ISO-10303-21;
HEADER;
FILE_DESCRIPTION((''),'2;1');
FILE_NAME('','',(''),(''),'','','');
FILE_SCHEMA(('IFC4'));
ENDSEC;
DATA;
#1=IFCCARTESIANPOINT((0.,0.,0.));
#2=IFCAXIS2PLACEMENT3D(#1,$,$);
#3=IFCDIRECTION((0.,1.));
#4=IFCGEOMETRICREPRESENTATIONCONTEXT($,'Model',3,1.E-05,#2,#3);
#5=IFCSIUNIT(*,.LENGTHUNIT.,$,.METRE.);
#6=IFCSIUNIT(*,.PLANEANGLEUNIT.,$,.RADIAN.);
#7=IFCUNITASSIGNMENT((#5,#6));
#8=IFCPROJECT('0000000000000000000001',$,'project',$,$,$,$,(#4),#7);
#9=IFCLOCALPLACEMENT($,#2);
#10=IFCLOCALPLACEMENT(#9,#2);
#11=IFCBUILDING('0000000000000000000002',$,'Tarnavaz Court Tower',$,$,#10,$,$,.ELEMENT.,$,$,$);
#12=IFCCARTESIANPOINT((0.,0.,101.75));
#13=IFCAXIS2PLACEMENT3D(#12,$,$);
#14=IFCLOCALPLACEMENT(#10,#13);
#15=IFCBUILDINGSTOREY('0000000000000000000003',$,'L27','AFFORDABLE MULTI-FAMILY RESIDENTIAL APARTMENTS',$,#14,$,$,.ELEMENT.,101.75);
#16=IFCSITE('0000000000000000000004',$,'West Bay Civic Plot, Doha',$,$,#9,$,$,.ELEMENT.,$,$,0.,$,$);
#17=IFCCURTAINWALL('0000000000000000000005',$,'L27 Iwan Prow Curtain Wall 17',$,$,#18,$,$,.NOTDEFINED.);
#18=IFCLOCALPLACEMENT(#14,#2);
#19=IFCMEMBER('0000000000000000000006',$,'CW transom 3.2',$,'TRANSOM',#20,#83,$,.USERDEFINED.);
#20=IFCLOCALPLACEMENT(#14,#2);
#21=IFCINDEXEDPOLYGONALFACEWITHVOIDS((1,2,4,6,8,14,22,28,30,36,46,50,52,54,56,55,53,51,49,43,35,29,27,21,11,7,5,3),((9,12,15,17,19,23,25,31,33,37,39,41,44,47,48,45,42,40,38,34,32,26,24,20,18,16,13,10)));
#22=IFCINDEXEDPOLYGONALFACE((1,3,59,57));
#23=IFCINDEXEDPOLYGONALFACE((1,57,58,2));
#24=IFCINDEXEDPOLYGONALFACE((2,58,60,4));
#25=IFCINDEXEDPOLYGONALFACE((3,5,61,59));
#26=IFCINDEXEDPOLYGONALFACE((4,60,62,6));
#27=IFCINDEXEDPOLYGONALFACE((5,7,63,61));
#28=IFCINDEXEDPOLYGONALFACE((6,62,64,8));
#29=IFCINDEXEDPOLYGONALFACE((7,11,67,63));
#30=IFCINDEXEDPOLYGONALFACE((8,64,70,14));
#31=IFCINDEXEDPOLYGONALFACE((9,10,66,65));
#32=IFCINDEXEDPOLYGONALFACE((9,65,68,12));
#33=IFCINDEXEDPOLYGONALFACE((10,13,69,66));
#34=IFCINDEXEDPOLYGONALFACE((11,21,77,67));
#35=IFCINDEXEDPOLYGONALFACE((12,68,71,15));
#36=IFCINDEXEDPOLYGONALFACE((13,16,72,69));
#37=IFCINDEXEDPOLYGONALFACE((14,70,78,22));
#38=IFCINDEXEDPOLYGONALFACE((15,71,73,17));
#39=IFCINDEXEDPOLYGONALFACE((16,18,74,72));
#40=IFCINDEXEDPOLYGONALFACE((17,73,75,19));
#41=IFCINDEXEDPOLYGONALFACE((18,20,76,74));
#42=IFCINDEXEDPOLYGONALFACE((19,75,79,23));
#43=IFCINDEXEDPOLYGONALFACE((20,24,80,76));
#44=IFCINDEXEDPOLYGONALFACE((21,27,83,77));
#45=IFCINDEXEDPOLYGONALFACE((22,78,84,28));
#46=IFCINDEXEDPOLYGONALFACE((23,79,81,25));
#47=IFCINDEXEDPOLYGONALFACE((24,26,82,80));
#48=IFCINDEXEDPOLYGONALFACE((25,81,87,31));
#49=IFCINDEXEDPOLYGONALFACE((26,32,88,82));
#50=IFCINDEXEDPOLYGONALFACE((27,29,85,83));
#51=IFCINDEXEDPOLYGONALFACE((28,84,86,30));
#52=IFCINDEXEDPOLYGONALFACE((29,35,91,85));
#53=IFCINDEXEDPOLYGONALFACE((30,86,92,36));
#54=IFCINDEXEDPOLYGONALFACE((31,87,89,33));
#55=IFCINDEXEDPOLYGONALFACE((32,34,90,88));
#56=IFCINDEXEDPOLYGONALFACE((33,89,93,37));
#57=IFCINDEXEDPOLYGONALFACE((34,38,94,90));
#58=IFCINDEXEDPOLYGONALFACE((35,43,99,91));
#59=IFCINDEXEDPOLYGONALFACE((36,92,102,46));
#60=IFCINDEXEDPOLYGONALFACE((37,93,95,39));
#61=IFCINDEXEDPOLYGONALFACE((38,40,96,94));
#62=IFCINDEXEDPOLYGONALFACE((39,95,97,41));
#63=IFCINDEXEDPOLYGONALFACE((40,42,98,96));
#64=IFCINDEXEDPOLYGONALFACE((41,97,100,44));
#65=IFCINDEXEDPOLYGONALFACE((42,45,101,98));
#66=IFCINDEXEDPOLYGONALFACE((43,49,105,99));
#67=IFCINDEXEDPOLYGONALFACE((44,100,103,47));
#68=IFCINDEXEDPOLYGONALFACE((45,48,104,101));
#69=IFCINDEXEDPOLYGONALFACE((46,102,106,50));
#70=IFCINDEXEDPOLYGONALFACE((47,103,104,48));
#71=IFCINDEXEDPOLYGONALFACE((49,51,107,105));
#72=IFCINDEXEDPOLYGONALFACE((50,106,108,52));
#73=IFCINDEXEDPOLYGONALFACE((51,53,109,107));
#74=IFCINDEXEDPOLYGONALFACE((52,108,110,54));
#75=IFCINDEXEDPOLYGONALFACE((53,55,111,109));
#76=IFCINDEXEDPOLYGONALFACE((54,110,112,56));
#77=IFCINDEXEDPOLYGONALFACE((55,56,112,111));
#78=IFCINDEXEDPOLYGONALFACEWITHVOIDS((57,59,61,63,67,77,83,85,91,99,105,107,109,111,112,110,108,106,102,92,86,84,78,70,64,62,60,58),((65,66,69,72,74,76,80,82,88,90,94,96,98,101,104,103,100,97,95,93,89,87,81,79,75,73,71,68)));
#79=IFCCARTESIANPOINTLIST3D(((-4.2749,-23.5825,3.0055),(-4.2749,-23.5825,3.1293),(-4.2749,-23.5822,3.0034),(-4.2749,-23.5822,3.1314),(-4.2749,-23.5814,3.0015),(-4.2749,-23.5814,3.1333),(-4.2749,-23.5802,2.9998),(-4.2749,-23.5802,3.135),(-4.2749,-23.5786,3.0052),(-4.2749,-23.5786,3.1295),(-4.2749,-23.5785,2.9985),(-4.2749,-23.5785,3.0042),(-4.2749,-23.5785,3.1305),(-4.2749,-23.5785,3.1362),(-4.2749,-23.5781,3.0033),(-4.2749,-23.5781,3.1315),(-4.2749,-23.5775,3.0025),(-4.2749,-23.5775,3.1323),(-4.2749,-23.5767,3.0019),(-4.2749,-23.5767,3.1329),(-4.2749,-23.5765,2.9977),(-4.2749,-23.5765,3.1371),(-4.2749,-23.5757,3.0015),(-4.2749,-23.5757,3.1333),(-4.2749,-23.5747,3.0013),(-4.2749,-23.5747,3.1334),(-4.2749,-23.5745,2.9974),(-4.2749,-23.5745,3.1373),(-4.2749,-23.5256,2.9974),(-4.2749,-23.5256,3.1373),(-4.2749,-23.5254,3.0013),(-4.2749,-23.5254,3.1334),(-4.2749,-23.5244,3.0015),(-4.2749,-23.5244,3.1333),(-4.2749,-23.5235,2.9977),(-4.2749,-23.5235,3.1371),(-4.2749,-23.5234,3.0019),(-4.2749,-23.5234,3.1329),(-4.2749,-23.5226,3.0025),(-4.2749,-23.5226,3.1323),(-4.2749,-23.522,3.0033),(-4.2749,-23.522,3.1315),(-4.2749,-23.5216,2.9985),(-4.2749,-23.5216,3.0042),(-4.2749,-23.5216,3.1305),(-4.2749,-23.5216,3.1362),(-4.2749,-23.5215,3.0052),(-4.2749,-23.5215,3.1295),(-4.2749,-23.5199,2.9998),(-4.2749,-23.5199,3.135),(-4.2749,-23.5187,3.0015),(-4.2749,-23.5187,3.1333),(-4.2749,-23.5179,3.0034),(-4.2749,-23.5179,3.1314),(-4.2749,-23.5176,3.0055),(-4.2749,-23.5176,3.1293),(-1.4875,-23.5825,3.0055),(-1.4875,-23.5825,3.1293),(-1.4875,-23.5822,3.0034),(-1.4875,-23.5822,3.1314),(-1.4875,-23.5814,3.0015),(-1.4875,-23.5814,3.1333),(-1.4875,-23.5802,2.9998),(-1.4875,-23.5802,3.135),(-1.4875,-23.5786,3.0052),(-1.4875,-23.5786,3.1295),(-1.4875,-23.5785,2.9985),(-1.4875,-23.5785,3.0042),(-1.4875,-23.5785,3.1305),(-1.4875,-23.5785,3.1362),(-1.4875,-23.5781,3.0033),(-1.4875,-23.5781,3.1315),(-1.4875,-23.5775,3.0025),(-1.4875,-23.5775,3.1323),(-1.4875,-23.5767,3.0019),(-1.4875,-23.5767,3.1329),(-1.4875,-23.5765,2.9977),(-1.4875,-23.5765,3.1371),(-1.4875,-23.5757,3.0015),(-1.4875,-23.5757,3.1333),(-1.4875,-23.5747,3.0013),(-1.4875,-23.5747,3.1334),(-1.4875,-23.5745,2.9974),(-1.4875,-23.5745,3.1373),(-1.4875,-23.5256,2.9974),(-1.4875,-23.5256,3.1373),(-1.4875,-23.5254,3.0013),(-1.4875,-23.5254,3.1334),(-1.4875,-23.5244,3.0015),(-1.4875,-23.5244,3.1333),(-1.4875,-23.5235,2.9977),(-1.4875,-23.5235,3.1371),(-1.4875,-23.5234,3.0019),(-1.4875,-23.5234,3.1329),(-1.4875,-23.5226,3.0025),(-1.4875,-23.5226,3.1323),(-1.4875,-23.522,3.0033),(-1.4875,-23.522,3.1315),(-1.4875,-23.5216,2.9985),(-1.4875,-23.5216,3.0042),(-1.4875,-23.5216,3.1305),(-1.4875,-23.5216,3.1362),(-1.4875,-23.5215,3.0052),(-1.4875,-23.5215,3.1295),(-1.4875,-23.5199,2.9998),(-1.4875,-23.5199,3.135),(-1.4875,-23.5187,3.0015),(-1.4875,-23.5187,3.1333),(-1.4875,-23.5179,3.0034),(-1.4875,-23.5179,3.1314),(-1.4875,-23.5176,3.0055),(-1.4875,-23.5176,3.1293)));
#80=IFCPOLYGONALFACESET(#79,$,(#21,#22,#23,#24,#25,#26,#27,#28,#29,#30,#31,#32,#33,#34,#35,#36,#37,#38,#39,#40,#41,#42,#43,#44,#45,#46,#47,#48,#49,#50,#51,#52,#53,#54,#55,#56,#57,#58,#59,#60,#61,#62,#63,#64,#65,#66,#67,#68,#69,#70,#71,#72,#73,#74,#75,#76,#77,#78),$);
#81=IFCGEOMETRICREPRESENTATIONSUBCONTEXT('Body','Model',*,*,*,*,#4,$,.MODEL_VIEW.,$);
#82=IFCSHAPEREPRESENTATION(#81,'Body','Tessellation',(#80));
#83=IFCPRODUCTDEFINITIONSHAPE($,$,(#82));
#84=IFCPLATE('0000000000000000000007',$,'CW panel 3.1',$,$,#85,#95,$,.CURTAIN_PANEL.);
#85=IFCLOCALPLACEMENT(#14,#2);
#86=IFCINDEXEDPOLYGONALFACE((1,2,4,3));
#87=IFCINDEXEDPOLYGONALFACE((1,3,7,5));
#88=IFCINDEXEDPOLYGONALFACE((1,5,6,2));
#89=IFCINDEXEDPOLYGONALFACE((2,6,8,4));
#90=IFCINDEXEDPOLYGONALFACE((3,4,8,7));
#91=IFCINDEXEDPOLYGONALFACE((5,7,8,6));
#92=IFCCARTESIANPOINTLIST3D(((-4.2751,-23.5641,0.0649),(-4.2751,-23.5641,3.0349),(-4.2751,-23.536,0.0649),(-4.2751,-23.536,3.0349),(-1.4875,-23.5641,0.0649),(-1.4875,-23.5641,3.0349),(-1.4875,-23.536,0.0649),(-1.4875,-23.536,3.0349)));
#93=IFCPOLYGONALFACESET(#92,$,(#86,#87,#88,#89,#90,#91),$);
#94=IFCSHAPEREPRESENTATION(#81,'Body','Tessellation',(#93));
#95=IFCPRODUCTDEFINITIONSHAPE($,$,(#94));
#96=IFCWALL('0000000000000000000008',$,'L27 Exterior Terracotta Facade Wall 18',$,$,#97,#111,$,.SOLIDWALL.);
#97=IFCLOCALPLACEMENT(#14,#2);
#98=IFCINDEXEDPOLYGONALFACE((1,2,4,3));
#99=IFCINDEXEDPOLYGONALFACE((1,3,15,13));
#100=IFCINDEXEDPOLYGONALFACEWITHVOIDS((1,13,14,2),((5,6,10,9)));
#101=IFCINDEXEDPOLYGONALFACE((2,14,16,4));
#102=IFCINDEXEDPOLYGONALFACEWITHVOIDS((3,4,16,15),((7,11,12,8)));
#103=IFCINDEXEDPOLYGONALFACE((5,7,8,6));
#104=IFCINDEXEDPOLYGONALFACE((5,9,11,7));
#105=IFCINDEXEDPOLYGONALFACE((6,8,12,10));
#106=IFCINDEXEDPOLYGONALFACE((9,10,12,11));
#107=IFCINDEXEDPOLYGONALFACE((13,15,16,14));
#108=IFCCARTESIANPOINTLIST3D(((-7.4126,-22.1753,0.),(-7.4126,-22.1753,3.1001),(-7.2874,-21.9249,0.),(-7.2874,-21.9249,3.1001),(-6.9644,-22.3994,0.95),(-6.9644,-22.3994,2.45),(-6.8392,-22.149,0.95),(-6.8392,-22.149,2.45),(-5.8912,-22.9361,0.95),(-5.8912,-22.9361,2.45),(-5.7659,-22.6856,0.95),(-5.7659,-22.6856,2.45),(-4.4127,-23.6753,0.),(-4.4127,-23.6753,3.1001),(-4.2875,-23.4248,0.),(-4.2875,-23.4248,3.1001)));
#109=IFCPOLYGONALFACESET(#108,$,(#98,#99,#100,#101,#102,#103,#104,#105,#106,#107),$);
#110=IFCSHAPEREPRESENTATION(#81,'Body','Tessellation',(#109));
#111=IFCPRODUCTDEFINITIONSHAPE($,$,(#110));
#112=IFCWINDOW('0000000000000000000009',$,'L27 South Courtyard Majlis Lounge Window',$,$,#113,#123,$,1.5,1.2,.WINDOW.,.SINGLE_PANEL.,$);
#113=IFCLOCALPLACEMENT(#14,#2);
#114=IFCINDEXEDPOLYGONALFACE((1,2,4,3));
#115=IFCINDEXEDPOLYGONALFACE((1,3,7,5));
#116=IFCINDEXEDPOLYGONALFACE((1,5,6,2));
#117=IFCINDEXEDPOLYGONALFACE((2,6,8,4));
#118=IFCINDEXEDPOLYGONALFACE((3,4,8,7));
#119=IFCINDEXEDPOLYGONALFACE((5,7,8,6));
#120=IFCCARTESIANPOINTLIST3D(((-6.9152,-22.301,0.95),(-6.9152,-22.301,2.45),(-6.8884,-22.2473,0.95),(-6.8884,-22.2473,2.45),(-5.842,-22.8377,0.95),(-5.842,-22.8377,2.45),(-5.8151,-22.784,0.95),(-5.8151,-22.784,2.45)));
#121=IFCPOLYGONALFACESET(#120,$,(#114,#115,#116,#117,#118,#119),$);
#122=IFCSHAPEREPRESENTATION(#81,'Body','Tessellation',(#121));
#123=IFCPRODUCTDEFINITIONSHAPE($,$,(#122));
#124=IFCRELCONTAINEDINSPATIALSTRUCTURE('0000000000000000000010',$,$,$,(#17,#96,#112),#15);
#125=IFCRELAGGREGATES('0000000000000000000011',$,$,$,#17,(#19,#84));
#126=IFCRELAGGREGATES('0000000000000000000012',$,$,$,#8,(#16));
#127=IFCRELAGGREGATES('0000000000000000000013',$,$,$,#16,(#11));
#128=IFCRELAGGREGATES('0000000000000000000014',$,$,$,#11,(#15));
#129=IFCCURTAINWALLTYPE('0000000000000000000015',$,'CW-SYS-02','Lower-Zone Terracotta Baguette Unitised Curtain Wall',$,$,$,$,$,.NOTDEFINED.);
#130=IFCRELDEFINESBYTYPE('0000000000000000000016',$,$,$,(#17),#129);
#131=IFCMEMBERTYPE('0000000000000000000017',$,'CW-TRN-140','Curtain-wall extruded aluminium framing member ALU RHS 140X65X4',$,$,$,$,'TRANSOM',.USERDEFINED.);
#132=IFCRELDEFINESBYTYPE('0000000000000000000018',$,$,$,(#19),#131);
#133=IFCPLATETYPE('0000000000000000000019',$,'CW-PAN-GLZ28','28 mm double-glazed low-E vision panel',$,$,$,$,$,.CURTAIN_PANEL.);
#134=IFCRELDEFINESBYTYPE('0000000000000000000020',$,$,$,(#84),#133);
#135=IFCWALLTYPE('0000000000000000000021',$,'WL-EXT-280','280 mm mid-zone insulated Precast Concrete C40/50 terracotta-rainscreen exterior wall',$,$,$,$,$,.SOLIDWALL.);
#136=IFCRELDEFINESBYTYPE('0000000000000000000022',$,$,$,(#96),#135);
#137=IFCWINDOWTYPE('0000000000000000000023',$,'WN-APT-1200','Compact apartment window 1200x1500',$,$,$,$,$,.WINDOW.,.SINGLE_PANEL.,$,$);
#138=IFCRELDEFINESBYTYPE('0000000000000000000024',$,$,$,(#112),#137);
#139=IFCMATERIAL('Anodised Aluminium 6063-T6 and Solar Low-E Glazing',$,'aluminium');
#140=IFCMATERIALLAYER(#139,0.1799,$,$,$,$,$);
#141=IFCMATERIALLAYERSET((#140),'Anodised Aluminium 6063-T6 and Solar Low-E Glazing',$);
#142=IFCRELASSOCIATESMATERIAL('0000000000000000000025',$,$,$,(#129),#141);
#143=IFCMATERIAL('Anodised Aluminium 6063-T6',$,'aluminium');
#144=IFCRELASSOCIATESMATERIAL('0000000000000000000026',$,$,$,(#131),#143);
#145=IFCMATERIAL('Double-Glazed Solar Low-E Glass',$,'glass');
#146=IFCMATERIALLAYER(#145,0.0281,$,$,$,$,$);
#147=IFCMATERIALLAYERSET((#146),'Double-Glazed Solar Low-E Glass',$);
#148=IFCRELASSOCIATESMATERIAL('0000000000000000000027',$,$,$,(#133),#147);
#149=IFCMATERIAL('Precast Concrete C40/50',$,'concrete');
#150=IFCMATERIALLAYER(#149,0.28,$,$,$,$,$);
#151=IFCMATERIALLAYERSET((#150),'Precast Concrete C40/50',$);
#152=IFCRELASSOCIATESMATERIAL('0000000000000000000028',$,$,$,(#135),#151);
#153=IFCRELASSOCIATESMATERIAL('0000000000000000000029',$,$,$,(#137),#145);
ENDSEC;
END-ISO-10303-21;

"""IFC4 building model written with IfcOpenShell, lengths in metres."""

from ifc_helpers import new_model, si_unit, direction, frame, frame_2d, origin, origin_2d, place, context, subcontext, project, spatial, rectangle, hollow_rectangle, extrude, material, layer, layer_set, material_profile, profile_set, type_object, element, fill, aggregate, save


model = new_model("IFC4")

# Units and contexts
model_context = context("Model", 3, precision=1e-05, world=origin(), true_north=direction((0.0, 1.0)))
body_context = subcontext(model_context, "Body", "Model", "MODEL_VIEW")
ifc_project = project(units=[si_unit("LENGTHUNIT", "METRE"), si_unit("PLANEANGLEUNIT", "RADIAN")], contexts=[model_context])

# Site, building, storey
site_placement = place(None, origin())
site = spatial("IfcSite", under=ifc_project, at=site_placement, Name="West Bay Civic Plot, Doha", CompositionType="ELEMENT", RefElevation=0.0)
building_placement = place(site_placement, origin())
building = spatial("IfcBuilding", under=site, at=building_placement, Name="Tarnavaz Court Tower", CompositionType="ELEMENT")
storey_placement = place(building_placement, frame((0.0, 0.0, 101.75)))
storey = spatial("IfcBuildingStorey", under=building, at=storey_placement, Name="L27", Description="AFFORDABLE MULTI-FAMILY RESIDENTIAL APARTMENTS", CompositionType="ELEMENT", Elevation=101.75)

# Curtain wall, member, plate
ifc_material_1 = material(Name="Anodised Aluminium 6063-T6 and Solar Low-E Glazing", Category="aluminium")
ifc_layer_1 = layer(ifc_material_1, 0.1799)
ifc_layer_set_1 = layer_set([ifc_layer_1], Name="Anodised Aluminium 6063-T6 and Solar Low-E Glazing")
curtain_wall_type = type_object("IfcCurtainWallType", Name="CW-SYS-02", Description="Lower-Zone Terracotta Baguette Unitised Curtain Wall", PredefinedType="NOTDEFINED", material=ifc_layer_set_1)
curtain_wall_placement = place(storey_placement, origin())
curtain_wall = element("IfcCurtainWall", 1, at=curtain_wall_placement, inside=storey, type_object=curtain_wall_type, Name="L27 Iwan Prow Curtain Wall 17", PredefinedType="NOTDEFINED")
ifc_material_2 = material(Name="Anodised Aluminium 6063-T6", Category="aluminium")
ifc_material_profile_1 = material_profile(ifc_material_2, hollow_rectangle(XDim=0.0649, YDim=0.1399, WallThickness=0.0039, InnerFilletRadius=0.0039, OuterFilletRadius=0.0081, at=origin_2d()), Name="ALU RHS 140X65X4")
ifc_profile_set_1 = profile_set([ifc_material_profile_1], Name="Anodised Aluminium 6063-T6")
member_type_1 = type_object("IfcMemberType", Name="CW-TRN-140", Description="Curtain-wall extruded aluminium framing member ALU RHS 140X65X4", ElementType="TRANSOM", PredefinedType="USERDEFINED", material=ifc_profile_set_1)
member_1_placement = place(storey_placement, frame((-1.4875, -23.55, 3.0674), z_axis=(-1.0, 0.0, 0.0), x_axis=(0.0, -1.0, 0.0)))
member_1 = element("IfcMember", 2, at=member_1_placement, type_object=member_type_1, Name="CW transom 3.2", ObjectType="TRANSOM", PredefinedType="USERDEFINED", context=body_context, shape_type="SweptSolid", body=[
    extrude(hollow_rectangle(XDim=0.0649, YDim=0.1399, WallThickness=0.0039, InnerFilletRadius=0.0039, OuterFilletRadius=0.0081, at=origin_2d()), origin(), (0.0, 0.0, 1.0), 2.7874),
])
ifc_material_3 = material(Name="Double-Glazed Solar Low-E Glass", Category="glass")
ifc_layer_2 = layer(ifc_material_3, 0.0281)
ifc_layer_set_2 = layer_set([ifc_layer_2], Name="Double-Glazed Solar Low-E Glass")
plate_type = type_object("IfcPlateType", Name="CW-PAN-GLZ28", Description="28 mm double-glazed low-E vision panel", PredefinedType="CURTAIN_PANEL", material=ifc_layer_set_2)
plate_placement = place(storey_placement, frame((-2.8813, -23.55, 0.0649), z_axis=(0.0, 0.0, 1.0), x_axis=(-1.0, 0.0, 0.0)))
plate = element("IfcPlate", 3, at=plate_placement, type_object=plate_type, Name="CW panel 3.1", PredefinedType="CURTAIN_PANEL", context=body_context, shape_type="SweptSolid", body=[
    extrude(rectangle(XDim=2.7876, YDim=0.0281, at=origin_2d()), origin(), (0.0, 0.0, 1.0), 2.97),
])
aggregate(curtain_wall, [member_1, plate])

# Wall, opening, window
ifc_material_4 = material(Name="Precast Concrete C40/50", Category="concrete")
ifc_layer_3 = layer(ifc_material_4, 0.28)
ifc_layer_set_3 = layer_set([ifc_layer_3], Name="Precast Concrete C40/50")
wall_type_1 = type_object("IfcWallType", Name="WL-EXT-280", Description="280 mm mid-zone insulated Precast Concrete C40/50 terracotta-rainscreen exterior wall", PredefinedType="SOLIDWALL", material=ifc_layer_set_3)
wall_1_placement = place(storey_placement, frame((-4.3501, -23.55, 0.0), z_axis=(0.0, 0.0, 1.0), x_axis=(-0.894427, 0.447214, 0.0)))
wall_1 = element("IfcWall", 4, at=wall_1_placement, inside=storey, type_object=wall_type_1, Name="L27 Exterior Terracotta Facade Wall 18", PredefinedType="SOLIDWALL", context=body_context, shape_type="SweptSolid", body=[
    extrude(rectangle(XDim=3.354, YDim=0.28, at=frame_2d((1.677, 0.0))), origin(), (0.0, 0.0, 1.0), 3.1001),
])
opening_1_placement = place(wall_1_placement, frame((1.6528, 0.0, 0.95)))
opening_1 = element("IfcOpeningElement", 5, at=opening_1_placement, cuts=wall_1, PredefinedType="OPENING", context=body_context, shape_type="SweptSolid", body=[
    extrude(rectangle(XDim=1.2, YDim=1.5, at=frame_2d((0.6001, 0.75))), frame((0.0, 0.1499, 0.0), z_axis=(0.0, -1.0, 0.0), x_axis=(1.0, 0.0, 0.0)), (0.0, 0.0, 1.0), 0.3),
])
window_type_1 = type_object("IfcWindowType", Name="WN-APT-1200", Description="Compact apartment window 1200x1500", PartitioningType="SINGLE_PANEL", PredefinedType="WINDOW", material=ifc_material_3)
window_1_placement = place(opening_1_placement, origin())
window_1 = element("IfcWindow", 6, at=window_1_placement, inside=storey, type_object=window_type_1, Name="L27 South Courtyard Majlis Lounge Window", OverallHeight=1.5, OverallWidth=1.2, PartitioningType="SINGLE_PANEL", PredefinedType="WINDOW", context=body_context, shape_type="SweptSolid", body=[
    extrude(rectangle(XDim=1.2, YDim=1.5, at=frame_2d((0.6001, 0.75))), frame((0.0, 0.03, 0.0), z_axis=(0.0, -1.0, 0.0), x_axis=(1.0, 0.0, 0.0)), (0.0, 0.0, 1.0), 0.0601),
])
fill(opening_1, window_1)

save(model, "model.ifc")
